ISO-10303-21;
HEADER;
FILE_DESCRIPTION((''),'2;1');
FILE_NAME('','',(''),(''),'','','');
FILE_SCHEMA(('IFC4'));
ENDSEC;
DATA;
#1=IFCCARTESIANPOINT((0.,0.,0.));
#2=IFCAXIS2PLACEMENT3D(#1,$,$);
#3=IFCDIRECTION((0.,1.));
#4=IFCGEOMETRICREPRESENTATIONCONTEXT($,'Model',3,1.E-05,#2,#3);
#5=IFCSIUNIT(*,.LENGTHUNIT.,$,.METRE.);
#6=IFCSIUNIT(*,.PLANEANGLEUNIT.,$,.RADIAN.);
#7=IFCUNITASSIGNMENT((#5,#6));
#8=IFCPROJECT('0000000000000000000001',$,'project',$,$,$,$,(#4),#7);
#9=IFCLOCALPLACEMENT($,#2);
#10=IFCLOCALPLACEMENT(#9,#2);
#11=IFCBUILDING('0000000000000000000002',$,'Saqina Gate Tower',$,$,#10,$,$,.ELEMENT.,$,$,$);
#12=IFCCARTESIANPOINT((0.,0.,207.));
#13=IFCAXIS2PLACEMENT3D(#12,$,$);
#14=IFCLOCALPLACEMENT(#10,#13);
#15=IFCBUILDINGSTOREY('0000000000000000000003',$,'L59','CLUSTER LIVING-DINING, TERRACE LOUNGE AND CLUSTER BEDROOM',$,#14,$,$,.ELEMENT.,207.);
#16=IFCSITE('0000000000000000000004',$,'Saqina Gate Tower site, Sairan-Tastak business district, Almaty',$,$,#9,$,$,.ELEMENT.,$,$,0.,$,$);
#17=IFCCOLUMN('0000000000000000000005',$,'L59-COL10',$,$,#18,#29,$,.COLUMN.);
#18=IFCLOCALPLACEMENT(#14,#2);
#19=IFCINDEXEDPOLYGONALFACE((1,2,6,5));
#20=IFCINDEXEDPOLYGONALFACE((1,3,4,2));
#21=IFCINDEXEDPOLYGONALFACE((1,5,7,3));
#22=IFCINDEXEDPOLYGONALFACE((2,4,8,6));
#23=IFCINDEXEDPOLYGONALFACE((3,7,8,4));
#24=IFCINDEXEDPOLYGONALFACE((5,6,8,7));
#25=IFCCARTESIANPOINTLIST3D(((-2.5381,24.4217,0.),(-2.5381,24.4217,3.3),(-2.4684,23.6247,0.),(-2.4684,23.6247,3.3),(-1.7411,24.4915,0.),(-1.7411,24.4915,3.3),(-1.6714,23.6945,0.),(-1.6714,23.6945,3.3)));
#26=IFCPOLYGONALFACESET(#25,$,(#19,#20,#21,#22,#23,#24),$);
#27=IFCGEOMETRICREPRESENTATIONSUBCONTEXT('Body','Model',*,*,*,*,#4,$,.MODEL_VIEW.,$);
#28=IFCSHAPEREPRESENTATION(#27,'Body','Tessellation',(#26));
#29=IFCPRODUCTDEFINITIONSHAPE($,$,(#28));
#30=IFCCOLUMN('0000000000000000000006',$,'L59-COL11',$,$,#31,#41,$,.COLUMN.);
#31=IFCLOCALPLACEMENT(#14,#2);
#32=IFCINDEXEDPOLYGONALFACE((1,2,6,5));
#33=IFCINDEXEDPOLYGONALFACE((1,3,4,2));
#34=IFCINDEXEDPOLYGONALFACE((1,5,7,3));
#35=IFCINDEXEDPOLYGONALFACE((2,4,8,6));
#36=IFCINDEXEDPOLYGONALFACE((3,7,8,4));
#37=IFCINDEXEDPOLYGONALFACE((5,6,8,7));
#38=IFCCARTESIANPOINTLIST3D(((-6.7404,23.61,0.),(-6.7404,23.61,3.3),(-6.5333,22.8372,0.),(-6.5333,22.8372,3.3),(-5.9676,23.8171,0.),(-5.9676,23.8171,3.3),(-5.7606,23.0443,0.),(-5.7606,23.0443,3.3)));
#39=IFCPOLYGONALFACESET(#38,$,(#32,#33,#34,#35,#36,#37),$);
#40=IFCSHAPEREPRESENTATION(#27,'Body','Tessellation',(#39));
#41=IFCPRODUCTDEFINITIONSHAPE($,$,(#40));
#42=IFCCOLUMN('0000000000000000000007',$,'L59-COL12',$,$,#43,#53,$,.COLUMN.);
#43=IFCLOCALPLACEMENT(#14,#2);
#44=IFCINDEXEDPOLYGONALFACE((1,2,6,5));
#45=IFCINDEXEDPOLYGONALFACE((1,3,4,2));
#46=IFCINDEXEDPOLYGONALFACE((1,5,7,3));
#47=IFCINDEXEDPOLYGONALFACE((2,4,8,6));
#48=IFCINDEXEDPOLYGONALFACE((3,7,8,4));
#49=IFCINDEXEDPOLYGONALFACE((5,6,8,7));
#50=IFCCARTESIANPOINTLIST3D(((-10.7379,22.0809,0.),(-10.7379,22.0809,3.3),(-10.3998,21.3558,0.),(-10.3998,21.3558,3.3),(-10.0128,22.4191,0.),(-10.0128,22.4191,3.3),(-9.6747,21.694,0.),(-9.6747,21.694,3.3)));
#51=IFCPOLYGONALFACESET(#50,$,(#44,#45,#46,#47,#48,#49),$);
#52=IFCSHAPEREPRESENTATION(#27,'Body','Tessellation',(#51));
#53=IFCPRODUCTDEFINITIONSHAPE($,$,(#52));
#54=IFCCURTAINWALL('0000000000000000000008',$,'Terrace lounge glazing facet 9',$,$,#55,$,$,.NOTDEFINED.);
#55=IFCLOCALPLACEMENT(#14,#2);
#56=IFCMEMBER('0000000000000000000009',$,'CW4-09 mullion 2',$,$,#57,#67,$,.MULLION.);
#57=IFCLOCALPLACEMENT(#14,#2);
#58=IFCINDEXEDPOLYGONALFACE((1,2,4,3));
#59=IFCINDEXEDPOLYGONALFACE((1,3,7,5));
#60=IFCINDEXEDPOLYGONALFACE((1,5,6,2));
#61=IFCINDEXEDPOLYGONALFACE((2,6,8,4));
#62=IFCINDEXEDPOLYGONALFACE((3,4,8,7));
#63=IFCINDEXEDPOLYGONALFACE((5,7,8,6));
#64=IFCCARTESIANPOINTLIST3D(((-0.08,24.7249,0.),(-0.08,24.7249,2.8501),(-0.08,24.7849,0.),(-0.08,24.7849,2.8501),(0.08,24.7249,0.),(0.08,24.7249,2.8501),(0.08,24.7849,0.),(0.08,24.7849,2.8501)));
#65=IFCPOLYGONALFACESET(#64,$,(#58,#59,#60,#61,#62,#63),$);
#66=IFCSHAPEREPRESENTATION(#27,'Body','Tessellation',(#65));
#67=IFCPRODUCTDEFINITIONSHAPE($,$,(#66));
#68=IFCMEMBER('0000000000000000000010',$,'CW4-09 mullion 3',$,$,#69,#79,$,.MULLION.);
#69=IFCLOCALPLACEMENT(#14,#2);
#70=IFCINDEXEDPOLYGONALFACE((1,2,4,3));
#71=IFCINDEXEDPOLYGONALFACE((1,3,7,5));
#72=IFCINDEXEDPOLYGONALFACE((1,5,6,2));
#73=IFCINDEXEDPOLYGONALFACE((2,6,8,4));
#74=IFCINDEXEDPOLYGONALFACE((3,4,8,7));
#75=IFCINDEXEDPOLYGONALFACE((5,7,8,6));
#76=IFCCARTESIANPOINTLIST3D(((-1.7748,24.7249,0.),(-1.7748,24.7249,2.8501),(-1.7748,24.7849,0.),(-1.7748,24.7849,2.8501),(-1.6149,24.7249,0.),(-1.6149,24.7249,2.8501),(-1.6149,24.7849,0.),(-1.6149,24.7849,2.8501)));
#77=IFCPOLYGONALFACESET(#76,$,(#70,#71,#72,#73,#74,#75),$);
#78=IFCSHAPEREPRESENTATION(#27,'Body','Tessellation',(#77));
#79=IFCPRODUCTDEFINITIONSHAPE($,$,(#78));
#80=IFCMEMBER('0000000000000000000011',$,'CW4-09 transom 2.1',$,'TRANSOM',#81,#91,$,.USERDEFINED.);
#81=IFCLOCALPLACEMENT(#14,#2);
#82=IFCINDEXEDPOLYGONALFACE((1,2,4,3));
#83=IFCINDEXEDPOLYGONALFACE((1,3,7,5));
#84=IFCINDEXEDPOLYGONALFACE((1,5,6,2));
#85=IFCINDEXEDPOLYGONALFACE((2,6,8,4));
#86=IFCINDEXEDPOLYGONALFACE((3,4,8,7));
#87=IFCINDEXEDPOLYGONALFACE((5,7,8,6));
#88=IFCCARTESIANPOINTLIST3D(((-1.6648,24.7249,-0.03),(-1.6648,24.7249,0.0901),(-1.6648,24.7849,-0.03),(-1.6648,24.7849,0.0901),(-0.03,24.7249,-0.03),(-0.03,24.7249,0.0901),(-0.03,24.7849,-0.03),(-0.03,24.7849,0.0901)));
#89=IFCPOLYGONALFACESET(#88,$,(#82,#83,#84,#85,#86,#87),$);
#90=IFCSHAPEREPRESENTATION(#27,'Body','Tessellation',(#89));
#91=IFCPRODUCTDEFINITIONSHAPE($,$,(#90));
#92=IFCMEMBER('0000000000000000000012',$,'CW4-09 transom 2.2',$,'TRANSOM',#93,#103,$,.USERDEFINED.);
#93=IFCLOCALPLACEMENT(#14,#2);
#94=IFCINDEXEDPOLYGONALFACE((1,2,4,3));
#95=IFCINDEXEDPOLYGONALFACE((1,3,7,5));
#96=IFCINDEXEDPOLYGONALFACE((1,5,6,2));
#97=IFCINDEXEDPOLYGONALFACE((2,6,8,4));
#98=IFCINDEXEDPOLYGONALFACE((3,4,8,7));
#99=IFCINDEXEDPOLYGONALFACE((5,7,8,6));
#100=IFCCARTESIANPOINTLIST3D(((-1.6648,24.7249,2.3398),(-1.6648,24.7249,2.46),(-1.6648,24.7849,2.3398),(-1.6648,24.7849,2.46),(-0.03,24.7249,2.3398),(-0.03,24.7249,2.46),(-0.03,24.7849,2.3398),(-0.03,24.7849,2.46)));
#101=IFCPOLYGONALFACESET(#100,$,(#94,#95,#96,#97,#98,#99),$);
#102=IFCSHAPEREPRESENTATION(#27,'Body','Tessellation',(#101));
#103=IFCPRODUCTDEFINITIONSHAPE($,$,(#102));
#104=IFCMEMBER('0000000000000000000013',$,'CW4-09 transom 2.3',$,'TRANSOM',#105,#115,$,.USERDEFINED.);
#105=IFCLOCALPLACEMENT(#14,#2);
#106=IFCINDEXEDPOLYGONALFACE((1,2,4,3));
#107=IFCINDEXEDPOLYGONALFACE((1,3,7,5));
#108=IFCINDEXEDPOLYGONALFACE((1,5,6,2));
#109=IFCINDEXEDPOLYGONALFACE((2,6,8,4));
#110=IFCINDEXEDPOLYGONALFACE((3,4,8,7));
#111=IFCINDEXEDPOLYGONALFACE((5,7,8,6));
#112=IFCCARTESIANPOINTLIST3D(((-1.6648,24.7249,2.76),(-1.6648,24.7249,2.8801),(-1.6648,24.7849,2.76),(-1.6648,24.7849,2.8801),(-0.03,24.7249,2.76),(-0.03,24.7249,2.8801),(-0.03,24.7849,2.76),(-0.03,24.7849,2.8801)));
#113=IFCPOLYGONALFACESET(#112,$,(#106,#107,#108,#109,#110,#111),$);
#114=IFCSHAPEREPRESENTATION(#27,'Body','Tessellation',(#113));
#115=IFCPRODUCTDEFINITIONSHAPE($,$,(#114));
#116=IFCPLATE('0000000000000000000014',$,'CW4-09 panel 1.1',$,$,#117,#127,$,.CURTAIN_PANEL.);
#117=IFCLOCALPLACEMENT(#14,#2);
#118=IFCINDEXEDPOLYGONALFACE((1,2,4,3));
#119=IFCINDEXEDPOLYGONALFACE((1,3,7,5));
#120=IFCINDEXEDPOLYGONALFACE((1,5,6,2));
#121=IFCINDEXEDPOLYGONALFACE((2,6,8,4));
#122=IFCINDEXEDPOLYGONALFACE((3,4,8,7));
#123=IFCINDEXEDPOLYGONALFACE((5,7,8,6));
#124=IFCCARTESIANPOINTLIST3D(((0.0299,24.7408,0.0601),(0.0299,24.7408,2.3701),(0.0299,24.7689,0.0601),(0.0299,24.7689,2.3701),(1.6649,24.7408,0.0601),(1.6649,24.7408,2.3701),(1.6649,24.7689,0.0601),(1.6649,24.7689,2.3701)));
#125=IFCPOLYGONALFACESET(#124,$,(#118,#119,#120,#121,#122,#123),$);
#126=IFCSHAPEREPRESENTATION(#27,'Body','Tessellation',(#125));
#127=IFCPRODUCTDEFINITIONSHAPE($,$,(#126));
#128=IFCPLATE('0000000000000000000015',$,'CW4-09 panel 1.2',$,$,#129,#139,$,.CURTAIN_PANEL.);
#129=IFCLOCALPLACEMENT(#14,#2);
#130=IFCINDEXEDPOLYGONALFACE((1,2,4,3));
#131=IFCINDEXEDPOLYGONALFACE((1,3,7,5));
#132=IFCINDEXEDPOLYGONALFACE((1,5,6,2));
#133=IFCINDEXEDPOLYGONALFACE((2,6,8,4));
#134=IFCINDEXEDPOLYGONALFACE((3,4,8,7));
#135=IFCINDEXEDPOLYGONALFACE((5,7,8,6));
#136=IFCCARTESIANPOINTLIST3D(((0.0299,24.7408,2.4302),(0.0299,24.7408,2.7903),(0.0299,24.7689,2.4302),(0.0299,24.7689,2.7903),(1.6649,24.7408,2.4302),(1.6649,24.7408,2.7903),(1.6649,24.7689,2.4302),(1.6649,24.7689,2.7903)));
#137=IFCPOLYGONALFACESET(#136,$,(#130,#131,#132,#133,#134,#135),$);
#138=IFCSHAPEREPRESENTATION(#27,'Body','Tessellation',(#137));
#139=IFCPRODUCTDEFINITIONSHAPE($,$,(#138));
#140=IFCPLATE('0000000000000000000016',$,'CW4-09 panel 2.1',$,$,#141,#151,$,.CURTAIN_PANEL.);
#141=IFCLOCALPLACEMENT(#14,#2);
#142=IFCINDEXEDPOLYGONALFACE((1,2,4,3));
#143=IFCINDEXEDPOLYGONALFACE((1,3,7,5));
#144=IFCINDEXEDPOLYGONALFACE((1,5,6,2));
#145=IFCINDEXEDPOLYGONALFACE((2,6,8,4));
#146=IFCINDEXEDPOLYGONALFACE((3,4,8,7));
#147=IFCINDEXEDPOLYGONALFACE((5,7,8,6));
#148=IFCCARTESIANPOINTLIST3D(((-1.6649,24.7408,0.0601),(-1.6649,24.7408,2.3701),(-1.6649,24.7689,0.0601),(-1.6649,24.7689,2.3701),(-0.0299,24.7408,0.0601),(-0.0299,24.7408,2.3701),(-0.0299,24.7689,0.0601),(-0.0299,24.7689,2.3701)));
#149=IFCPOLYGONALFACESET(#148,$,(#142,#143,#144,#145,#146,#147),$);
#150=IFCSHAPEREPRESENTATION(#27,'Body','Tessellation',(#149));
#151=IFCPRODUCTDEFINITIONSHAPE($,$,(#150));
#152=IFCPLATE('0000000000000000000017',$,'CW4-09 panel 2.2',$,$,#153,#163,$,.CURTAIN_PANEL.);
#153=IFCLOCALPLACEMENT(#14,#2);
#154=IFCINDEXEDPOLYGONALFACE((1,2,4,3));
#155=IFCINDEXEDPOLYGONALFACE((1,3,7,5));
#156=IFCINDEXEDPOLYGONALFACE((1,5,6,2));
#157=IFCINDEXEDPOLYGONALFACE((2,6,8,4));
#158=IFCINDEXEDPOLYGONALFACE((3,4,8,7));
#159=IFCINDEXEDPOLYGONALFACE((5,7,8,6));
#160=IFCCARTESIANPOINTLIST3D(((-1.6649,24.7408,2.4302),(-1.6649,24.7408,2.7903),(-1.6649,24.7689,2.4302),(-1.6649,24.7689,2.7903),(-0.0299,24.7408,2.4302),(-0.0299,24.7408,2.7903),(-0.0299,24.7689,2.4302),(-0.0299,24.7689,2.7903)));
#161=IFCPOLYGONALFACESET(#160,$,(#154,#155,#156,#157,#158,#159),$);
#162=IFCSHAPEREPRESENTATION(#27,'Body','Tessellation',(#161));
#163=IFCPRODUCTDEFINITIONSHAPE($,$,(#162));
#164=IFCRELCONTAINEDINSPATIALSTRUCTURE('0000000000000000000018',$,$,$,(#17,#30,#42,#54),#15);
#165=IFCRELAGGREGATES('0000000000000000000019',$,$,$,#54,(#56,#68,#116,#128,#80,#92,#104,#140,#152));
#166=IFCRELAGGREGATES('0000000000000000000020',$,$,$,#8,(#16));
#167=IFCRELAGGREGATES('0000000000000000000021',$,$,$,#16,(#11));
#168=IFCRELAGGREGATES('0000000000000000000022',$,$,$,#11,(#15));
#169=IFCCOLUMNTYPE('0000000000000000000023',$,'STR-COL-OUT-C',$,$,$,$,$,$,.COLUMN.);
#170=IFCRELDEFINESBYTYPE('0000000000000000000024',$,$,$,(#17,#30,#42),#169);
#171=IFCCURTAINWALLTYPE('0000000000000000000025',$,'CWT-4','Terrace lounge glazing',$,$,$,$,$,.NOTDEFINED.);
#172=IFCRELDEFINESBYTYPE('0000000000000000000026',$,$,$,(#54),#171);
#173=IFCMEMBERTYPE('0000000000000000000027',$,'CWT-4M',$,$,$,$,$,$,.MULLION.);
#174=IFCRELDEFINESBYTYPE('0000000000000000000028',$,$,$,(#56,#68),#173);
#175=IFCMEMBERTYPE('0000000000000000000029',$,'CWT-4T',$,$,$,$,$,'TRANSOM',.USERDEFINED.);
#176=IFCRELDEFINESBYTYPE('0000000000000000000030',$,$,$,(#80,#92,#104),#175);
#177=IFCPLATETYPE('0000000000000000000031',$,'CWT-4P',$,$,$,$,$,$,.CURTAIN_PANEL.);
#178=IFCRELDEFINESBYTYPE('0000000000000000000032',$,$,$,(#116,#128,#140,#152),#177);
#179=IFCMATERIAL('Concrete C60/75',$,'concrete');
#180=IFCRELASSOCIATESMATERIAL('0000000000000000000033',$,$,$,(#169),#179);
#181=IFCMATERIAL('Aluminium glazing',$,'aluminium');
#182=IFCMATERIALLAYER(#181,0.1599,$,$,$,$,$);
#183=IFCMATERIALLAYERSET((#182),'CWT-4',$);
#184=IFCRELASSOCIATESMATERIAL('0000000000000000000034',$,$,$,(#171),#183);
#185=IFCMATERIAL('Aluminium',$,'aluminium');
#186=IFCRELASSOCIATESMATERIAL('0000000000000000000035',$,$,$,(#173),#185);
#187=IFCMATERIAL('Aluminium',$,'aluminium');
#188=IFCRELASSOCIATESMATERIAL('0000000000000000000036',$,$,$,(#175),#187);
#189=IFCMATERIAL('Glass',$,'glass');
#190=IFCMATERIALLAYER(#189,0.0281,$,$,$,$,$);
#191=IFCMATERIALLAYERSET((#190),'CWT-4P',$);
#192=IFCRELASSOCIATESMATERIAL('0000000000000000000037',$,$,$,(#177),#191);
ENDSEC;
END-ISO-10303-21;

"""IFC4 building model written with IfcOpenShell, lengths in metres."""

from ifc_helpers import new_model, si_unit, direction, frame, origin, origin_2d, place, context, subcontext, project, spatial, rectangle, extrude, material, layer, layer_set, material_profile, profile_set, type_object, element, aggregate, save


model = new_model("IFC4")

# Units and contexts
model_context = context("Model", 3, precision=1e-05, world=origin(), true_north=direction((0.0, 1.0)))
body_context = subcontext(model_context, "Body", "Model", "MODEL_VIEW")
ifc_project = project(units=[si_unit("LENGTHUNIT", "METRE"), si_unit("PLANEANGLEUNIT", "RADIAN")], contexts=[model_context])

# Site, building, storey
site_placement = place(None, origin())
site = spatial("IfcSite", under=ifc_project, at=site_placement, Name="Saqina Gate Tower site, Sairan-Tastak business district, Almaty", CompositionType="ELEMENT", RefElevation=0.0)
building_placement = place(site_placement, origin())
building = spatial("IfcBuilding", under=site, at=building_placement, Name="Saqina Gate Tower", CompositionType="ELEMENT")
storey_placement = place(building_placement, frame((0.0, 0.0, 207.0)))
storey = spatial("IfcBuildingStorey", under=building, at=storey_placement, Name="L59", Description="CLUSTER LIVING-DINING, TERRACE LOUNGE AND CLUSTER BEDROOM", CompositionType="ELEMENT", Elevation=207.0)

# Columns
ifc_material_1 = material(Name="Concrete C60/75", Category="concrete")
ifc_material_profile_1 = material_profile(ifc_material_1, rectangle(XDim=0.8, YDim=0.8, at=origin_2d()), Name="RC 800x800")
ifc_profile_set_1 = profile_set([ifc_material_profile_1], Name="Concrete C60/75")
column_type = type_object("IfcColumnType", Name="STR-COL-OUT-C", PredefinedType="COLUMN", material=ifc_profile_set_1)
for number, where, z_axis, x_axis, name in (
    (1, (-2.1047, 24.0581, 0.0), (0.0, 0.0, 1.0), (-0.087156, 0.996195, 0.0), "L59-COL10"),
    (2, (-6.2505, 23.3271, 0.0), (0.0, 0.0, 1.0), (-0.258819, 0.965926, 0.0), "L59-COL11"),
    (3, (-10.2063, 21.8875, 0.0), (0.0, 0.0, 1.0), (-0.422618, 0.906308, 0.0), "L59-COL12"),
):
    element("IfcColumn", number, at=place(storey_placement, frame(where, z_axis=z_axis, x_axis=x_axis)), inside=storey, type_object=column_type, Name=name, PredefinedType="COLUMN", context=body_context, shape_type="SweptSolid", body=[
        extrude(rectangle(XDim=0.8, YDim=0.8, at=origin_2d()), origin(), (0.0, 0.0, 1.0), 3.3),
    ])

# Curtain wall, members, plates
ifc_material_2 = material(Name="Aluminium glazing", Category="aluminium")
ifc_layer_1 = layer(ifc_material_2, 0.1599)
ifc_layer_set_1 = layer_set([ifc_layer_1], Name="CWT-4")
curtain_wall_type = type_object("IfcCurtainWallType", Name="CWT-4", Description="Terrace lounge glazing", PredefinedType="NOTDEFINED", material=ifc_layer_set_1)
curtain_wall_placement = place(storey_placement, origin())
curtain_wall = element("IfcCurtainWall", 4, at=curtain_wall_placement, inside=storey, type_object=curtain_wall_type, Name="Terrace lounge glazing facet 9", PredefinedType="NOTDEFINED")
ifc_material_3 = material(Name="Aluminium", Category="aluminium")
ifc_material_profile_2 = material_profile(ifc_material_3, rectangle(XDim=0.0601, YDim=0.1599, at=origin_2d()), Name="Aluminium 60x160")
ifc_profile_set_2 = profile_set([ifc_material_profile_2], Name="Aluminium")
member_type_1 = type_object("IfcMemberType", Name="CWT-4M", PredefinedType="MULLION", material=ifc_profile_set_2)
member_1_placement = place(storey_placement, frame((0.0, 24.7549, 0.0), z_axis=(0.0, 0.0, 1.0), x_axis=(0.0, -1.0, 0.0)))
member_1 = element("IfcMember", 5, at=member_1_placement, type_object=member_type_1, Name="CW4-09 mullion 2", PredefinedType="MULLION", context=body_context, shape_type="SweptSolid", body=[
    extrude(rectangle(XDim=0.0601, YDim=0.1599, at=origin_2d()), origin(), (0.0, 0.0, 1.0), 2.8501),
])
member_2_placement = place(storey_placement, frame((-1.6948, 24.7549, 0.0), z_axis=(0.0, 0.0, 1.0), x_axis=(0.0, -1.0, 0.0)))
member_2 = element("IfcMember", 6, at=member_2_placement, type_object=member_type_1, Name="CW4-09 mullion 3", PredefinedType="MULLION", context=body_context, shape_type="SweptSolid", body=[
    extrude(rectangle(XDim=0.0601, YDim=0.1599, at=origin_2d()), origin(), (0.0, 0.0, 1.0), 2.8501),
])
ifc_material_4 = material(Name="Aluminium", Category="aluminium")
ifc_material_profile_3 = material_profile(ifc_material_4, rectangle(XDim=0.0601, YDim=0.1201, at=origin_2d()), Name="Aluminium 60x120")
ifc_profile_set_3 = profile_set([ifc_material_profile_3], Name="Aluminium")
member_type_2 = type_object("IfcMemberType", Name="CWT-4T", ElementType="TRANSOM", PredefinedType="USERDEFINED", material=ifc_profile_set_3)
member_3_placement = place(storey_placement, frame((-0.03, 24.7549, 0.03), z_axis=(-1.0, 0.0, 0.0), x_axis=(0.0, -1.0, 0.0)))
member_3 = element("IfcMember", 7, at=member_3_placement, type_object=member_type_2, Name="CW4-09 transom 2.1", ObjectType="TRANSOM", PredefinedType="USERDEFINED", context=body_context, shape_type="SweptSolid", body=[
    extrude(rectangle(XDim=0.0601, YDim=0.1201, at=origin_2d()), origin(), (0.0, 0.0, 1.0), 1.6348),
])
member_4_placement = place(storey_placement, frame((-0.03, 24.7549, 2.3999), z_axis=(-1.0, 0.0, 0.0), x_axis=(0.0, -1.0, 0.0)))
member_4 = element("IfcMember", 8, at=member_4_placement, type_object=member_type_2, Name="CW4-09 transom 2.2", ObjectType="TRANSOM", PredefinedType="USERDEFINED", context=body_context, shape_type="SweptSolid", body=[
    extrude(rectangle(XDim=0.0601, YDim=0.1201, at=origin_2d()), origin(), (0.0, 0.0, 1.0), 1.6348),
])
member_5_placement = place(storey_placement, frame((-0.03, 24.7549, 2.8201), z_axis=(-1.0, 0.0, 0.0), x_axis=(0.0, -1.0, 0.0)))
member_5 = element("IfcMember", 9, at=member_5_placement, type_object=member_type_2, Name="CW4-09 transom 2.3", ObjectType="TRANSOM", PredefinedType="USERDEFINED", context=body_context, shape_type="SweptSolid", body=[
    extrude(rectangle(XDim=0.0601, YDim=0.1201, at=origin_2d()), origin(), (0.0, 0.0, 1.0), 1.6348),
])
ifc_material_5 = material(Name="Glass", Category="glass")
ifc_layer_2 = layer(ifc_material_5, 0.0281)
ifc_layer_set_2 = layer_set([ifc_layer_2], Name="CWT-4P")
plate_type = type_object("IfcPlateType", Name="CWT-4P", PredefinedType="CURTAIN_PANEL", material=ifc_layer_set_2)
plate_1_placement = place(storey_placement, frame((0.8474, 24.7549, 0.0601), z_axis=(0.0, 0.0, 1.0), x_axis=(-1.0, 0.0, 0.0)))
plate_1 = element("IfcPlate", 10, at=plate_1_placement, type_object=plate_type, Name="CW4-09 panel 1.1", PredefinedType="CURTAIN_PANEL", context=body_context, shape_type="SweptSolid", body=[
    extrude(rectangle(XDim=1.635, YDim=0.0281, at=origin_2d()), origin(), (0.0, 0.0, 1.0), 2.3101),
])
plate_2_placement = place(storey_placement, frame((0.8474, 24.7549, 2.4302), z_axis=(0.0, 0.0, 1.0), x_axis=(-1.0, 0.0, 0.0)))
plate_2 = element("IfcPlate", 11, at=plate_2_placement, type_object=plate_type, Name="CW4-09 panel 1.2", PredefinedType="CURTAIN_PANEL", context=body_context, shape_type="SweptSolid", body=[
    extrude(rectangle(XDim=1.635, YDim=0.0281, at=origin_2d()), origin(), (0.0, 0.0, 1.0), 0.3601),
])
plate_3_placement = place(storey_placement, frame((-0.8474, 24.7549, 0.0601), z_axis=(0.0, 0.0, 1.0), x_axis=(-1.0, 0.0, 0.0)))
plate_3 = element("IfcPlate", 12, at=plate_3_placement, type_object=plate_type, Name="CW4-09 panel 2.1", PredefinedType="CURTAIN_PANEL", context=body_context, shape_type="SweptSolid", body=[
    extrude(rectangle(XDim=1.635, YDim=0.0281, at=origin_2d()), origin(), (0.0, 0.0, 1.0), 2.3101),
])
plate_4_placement = place(storey_placement, frame((-0.8474, 24.7549, 2.4302), z_axis=(0.0, 0.0, 1.0), x_axis=(-1.0, 0.0, 0.0)))
plate_4 = element("IfcPlate", 13, at=plate_4_placement, type_object=plate_type, Name="CW4-09 panel 2.2", PredefinedType="CURTAIN_PANEL", context=body_context, shape_type="SweptSolid", body=[
    extrude(rectangle(XDim=1.635, YDim=0.0281, at=origin_2d()), origin(), (0.0, 0.0, 1.0), 0.3601),
])
aggregate(curtain_wall, [member_1, member_2, plate_1, plate_2, member_3, member_4, member_5, plate_3, plate_4])

save(model, "model.ifc")
